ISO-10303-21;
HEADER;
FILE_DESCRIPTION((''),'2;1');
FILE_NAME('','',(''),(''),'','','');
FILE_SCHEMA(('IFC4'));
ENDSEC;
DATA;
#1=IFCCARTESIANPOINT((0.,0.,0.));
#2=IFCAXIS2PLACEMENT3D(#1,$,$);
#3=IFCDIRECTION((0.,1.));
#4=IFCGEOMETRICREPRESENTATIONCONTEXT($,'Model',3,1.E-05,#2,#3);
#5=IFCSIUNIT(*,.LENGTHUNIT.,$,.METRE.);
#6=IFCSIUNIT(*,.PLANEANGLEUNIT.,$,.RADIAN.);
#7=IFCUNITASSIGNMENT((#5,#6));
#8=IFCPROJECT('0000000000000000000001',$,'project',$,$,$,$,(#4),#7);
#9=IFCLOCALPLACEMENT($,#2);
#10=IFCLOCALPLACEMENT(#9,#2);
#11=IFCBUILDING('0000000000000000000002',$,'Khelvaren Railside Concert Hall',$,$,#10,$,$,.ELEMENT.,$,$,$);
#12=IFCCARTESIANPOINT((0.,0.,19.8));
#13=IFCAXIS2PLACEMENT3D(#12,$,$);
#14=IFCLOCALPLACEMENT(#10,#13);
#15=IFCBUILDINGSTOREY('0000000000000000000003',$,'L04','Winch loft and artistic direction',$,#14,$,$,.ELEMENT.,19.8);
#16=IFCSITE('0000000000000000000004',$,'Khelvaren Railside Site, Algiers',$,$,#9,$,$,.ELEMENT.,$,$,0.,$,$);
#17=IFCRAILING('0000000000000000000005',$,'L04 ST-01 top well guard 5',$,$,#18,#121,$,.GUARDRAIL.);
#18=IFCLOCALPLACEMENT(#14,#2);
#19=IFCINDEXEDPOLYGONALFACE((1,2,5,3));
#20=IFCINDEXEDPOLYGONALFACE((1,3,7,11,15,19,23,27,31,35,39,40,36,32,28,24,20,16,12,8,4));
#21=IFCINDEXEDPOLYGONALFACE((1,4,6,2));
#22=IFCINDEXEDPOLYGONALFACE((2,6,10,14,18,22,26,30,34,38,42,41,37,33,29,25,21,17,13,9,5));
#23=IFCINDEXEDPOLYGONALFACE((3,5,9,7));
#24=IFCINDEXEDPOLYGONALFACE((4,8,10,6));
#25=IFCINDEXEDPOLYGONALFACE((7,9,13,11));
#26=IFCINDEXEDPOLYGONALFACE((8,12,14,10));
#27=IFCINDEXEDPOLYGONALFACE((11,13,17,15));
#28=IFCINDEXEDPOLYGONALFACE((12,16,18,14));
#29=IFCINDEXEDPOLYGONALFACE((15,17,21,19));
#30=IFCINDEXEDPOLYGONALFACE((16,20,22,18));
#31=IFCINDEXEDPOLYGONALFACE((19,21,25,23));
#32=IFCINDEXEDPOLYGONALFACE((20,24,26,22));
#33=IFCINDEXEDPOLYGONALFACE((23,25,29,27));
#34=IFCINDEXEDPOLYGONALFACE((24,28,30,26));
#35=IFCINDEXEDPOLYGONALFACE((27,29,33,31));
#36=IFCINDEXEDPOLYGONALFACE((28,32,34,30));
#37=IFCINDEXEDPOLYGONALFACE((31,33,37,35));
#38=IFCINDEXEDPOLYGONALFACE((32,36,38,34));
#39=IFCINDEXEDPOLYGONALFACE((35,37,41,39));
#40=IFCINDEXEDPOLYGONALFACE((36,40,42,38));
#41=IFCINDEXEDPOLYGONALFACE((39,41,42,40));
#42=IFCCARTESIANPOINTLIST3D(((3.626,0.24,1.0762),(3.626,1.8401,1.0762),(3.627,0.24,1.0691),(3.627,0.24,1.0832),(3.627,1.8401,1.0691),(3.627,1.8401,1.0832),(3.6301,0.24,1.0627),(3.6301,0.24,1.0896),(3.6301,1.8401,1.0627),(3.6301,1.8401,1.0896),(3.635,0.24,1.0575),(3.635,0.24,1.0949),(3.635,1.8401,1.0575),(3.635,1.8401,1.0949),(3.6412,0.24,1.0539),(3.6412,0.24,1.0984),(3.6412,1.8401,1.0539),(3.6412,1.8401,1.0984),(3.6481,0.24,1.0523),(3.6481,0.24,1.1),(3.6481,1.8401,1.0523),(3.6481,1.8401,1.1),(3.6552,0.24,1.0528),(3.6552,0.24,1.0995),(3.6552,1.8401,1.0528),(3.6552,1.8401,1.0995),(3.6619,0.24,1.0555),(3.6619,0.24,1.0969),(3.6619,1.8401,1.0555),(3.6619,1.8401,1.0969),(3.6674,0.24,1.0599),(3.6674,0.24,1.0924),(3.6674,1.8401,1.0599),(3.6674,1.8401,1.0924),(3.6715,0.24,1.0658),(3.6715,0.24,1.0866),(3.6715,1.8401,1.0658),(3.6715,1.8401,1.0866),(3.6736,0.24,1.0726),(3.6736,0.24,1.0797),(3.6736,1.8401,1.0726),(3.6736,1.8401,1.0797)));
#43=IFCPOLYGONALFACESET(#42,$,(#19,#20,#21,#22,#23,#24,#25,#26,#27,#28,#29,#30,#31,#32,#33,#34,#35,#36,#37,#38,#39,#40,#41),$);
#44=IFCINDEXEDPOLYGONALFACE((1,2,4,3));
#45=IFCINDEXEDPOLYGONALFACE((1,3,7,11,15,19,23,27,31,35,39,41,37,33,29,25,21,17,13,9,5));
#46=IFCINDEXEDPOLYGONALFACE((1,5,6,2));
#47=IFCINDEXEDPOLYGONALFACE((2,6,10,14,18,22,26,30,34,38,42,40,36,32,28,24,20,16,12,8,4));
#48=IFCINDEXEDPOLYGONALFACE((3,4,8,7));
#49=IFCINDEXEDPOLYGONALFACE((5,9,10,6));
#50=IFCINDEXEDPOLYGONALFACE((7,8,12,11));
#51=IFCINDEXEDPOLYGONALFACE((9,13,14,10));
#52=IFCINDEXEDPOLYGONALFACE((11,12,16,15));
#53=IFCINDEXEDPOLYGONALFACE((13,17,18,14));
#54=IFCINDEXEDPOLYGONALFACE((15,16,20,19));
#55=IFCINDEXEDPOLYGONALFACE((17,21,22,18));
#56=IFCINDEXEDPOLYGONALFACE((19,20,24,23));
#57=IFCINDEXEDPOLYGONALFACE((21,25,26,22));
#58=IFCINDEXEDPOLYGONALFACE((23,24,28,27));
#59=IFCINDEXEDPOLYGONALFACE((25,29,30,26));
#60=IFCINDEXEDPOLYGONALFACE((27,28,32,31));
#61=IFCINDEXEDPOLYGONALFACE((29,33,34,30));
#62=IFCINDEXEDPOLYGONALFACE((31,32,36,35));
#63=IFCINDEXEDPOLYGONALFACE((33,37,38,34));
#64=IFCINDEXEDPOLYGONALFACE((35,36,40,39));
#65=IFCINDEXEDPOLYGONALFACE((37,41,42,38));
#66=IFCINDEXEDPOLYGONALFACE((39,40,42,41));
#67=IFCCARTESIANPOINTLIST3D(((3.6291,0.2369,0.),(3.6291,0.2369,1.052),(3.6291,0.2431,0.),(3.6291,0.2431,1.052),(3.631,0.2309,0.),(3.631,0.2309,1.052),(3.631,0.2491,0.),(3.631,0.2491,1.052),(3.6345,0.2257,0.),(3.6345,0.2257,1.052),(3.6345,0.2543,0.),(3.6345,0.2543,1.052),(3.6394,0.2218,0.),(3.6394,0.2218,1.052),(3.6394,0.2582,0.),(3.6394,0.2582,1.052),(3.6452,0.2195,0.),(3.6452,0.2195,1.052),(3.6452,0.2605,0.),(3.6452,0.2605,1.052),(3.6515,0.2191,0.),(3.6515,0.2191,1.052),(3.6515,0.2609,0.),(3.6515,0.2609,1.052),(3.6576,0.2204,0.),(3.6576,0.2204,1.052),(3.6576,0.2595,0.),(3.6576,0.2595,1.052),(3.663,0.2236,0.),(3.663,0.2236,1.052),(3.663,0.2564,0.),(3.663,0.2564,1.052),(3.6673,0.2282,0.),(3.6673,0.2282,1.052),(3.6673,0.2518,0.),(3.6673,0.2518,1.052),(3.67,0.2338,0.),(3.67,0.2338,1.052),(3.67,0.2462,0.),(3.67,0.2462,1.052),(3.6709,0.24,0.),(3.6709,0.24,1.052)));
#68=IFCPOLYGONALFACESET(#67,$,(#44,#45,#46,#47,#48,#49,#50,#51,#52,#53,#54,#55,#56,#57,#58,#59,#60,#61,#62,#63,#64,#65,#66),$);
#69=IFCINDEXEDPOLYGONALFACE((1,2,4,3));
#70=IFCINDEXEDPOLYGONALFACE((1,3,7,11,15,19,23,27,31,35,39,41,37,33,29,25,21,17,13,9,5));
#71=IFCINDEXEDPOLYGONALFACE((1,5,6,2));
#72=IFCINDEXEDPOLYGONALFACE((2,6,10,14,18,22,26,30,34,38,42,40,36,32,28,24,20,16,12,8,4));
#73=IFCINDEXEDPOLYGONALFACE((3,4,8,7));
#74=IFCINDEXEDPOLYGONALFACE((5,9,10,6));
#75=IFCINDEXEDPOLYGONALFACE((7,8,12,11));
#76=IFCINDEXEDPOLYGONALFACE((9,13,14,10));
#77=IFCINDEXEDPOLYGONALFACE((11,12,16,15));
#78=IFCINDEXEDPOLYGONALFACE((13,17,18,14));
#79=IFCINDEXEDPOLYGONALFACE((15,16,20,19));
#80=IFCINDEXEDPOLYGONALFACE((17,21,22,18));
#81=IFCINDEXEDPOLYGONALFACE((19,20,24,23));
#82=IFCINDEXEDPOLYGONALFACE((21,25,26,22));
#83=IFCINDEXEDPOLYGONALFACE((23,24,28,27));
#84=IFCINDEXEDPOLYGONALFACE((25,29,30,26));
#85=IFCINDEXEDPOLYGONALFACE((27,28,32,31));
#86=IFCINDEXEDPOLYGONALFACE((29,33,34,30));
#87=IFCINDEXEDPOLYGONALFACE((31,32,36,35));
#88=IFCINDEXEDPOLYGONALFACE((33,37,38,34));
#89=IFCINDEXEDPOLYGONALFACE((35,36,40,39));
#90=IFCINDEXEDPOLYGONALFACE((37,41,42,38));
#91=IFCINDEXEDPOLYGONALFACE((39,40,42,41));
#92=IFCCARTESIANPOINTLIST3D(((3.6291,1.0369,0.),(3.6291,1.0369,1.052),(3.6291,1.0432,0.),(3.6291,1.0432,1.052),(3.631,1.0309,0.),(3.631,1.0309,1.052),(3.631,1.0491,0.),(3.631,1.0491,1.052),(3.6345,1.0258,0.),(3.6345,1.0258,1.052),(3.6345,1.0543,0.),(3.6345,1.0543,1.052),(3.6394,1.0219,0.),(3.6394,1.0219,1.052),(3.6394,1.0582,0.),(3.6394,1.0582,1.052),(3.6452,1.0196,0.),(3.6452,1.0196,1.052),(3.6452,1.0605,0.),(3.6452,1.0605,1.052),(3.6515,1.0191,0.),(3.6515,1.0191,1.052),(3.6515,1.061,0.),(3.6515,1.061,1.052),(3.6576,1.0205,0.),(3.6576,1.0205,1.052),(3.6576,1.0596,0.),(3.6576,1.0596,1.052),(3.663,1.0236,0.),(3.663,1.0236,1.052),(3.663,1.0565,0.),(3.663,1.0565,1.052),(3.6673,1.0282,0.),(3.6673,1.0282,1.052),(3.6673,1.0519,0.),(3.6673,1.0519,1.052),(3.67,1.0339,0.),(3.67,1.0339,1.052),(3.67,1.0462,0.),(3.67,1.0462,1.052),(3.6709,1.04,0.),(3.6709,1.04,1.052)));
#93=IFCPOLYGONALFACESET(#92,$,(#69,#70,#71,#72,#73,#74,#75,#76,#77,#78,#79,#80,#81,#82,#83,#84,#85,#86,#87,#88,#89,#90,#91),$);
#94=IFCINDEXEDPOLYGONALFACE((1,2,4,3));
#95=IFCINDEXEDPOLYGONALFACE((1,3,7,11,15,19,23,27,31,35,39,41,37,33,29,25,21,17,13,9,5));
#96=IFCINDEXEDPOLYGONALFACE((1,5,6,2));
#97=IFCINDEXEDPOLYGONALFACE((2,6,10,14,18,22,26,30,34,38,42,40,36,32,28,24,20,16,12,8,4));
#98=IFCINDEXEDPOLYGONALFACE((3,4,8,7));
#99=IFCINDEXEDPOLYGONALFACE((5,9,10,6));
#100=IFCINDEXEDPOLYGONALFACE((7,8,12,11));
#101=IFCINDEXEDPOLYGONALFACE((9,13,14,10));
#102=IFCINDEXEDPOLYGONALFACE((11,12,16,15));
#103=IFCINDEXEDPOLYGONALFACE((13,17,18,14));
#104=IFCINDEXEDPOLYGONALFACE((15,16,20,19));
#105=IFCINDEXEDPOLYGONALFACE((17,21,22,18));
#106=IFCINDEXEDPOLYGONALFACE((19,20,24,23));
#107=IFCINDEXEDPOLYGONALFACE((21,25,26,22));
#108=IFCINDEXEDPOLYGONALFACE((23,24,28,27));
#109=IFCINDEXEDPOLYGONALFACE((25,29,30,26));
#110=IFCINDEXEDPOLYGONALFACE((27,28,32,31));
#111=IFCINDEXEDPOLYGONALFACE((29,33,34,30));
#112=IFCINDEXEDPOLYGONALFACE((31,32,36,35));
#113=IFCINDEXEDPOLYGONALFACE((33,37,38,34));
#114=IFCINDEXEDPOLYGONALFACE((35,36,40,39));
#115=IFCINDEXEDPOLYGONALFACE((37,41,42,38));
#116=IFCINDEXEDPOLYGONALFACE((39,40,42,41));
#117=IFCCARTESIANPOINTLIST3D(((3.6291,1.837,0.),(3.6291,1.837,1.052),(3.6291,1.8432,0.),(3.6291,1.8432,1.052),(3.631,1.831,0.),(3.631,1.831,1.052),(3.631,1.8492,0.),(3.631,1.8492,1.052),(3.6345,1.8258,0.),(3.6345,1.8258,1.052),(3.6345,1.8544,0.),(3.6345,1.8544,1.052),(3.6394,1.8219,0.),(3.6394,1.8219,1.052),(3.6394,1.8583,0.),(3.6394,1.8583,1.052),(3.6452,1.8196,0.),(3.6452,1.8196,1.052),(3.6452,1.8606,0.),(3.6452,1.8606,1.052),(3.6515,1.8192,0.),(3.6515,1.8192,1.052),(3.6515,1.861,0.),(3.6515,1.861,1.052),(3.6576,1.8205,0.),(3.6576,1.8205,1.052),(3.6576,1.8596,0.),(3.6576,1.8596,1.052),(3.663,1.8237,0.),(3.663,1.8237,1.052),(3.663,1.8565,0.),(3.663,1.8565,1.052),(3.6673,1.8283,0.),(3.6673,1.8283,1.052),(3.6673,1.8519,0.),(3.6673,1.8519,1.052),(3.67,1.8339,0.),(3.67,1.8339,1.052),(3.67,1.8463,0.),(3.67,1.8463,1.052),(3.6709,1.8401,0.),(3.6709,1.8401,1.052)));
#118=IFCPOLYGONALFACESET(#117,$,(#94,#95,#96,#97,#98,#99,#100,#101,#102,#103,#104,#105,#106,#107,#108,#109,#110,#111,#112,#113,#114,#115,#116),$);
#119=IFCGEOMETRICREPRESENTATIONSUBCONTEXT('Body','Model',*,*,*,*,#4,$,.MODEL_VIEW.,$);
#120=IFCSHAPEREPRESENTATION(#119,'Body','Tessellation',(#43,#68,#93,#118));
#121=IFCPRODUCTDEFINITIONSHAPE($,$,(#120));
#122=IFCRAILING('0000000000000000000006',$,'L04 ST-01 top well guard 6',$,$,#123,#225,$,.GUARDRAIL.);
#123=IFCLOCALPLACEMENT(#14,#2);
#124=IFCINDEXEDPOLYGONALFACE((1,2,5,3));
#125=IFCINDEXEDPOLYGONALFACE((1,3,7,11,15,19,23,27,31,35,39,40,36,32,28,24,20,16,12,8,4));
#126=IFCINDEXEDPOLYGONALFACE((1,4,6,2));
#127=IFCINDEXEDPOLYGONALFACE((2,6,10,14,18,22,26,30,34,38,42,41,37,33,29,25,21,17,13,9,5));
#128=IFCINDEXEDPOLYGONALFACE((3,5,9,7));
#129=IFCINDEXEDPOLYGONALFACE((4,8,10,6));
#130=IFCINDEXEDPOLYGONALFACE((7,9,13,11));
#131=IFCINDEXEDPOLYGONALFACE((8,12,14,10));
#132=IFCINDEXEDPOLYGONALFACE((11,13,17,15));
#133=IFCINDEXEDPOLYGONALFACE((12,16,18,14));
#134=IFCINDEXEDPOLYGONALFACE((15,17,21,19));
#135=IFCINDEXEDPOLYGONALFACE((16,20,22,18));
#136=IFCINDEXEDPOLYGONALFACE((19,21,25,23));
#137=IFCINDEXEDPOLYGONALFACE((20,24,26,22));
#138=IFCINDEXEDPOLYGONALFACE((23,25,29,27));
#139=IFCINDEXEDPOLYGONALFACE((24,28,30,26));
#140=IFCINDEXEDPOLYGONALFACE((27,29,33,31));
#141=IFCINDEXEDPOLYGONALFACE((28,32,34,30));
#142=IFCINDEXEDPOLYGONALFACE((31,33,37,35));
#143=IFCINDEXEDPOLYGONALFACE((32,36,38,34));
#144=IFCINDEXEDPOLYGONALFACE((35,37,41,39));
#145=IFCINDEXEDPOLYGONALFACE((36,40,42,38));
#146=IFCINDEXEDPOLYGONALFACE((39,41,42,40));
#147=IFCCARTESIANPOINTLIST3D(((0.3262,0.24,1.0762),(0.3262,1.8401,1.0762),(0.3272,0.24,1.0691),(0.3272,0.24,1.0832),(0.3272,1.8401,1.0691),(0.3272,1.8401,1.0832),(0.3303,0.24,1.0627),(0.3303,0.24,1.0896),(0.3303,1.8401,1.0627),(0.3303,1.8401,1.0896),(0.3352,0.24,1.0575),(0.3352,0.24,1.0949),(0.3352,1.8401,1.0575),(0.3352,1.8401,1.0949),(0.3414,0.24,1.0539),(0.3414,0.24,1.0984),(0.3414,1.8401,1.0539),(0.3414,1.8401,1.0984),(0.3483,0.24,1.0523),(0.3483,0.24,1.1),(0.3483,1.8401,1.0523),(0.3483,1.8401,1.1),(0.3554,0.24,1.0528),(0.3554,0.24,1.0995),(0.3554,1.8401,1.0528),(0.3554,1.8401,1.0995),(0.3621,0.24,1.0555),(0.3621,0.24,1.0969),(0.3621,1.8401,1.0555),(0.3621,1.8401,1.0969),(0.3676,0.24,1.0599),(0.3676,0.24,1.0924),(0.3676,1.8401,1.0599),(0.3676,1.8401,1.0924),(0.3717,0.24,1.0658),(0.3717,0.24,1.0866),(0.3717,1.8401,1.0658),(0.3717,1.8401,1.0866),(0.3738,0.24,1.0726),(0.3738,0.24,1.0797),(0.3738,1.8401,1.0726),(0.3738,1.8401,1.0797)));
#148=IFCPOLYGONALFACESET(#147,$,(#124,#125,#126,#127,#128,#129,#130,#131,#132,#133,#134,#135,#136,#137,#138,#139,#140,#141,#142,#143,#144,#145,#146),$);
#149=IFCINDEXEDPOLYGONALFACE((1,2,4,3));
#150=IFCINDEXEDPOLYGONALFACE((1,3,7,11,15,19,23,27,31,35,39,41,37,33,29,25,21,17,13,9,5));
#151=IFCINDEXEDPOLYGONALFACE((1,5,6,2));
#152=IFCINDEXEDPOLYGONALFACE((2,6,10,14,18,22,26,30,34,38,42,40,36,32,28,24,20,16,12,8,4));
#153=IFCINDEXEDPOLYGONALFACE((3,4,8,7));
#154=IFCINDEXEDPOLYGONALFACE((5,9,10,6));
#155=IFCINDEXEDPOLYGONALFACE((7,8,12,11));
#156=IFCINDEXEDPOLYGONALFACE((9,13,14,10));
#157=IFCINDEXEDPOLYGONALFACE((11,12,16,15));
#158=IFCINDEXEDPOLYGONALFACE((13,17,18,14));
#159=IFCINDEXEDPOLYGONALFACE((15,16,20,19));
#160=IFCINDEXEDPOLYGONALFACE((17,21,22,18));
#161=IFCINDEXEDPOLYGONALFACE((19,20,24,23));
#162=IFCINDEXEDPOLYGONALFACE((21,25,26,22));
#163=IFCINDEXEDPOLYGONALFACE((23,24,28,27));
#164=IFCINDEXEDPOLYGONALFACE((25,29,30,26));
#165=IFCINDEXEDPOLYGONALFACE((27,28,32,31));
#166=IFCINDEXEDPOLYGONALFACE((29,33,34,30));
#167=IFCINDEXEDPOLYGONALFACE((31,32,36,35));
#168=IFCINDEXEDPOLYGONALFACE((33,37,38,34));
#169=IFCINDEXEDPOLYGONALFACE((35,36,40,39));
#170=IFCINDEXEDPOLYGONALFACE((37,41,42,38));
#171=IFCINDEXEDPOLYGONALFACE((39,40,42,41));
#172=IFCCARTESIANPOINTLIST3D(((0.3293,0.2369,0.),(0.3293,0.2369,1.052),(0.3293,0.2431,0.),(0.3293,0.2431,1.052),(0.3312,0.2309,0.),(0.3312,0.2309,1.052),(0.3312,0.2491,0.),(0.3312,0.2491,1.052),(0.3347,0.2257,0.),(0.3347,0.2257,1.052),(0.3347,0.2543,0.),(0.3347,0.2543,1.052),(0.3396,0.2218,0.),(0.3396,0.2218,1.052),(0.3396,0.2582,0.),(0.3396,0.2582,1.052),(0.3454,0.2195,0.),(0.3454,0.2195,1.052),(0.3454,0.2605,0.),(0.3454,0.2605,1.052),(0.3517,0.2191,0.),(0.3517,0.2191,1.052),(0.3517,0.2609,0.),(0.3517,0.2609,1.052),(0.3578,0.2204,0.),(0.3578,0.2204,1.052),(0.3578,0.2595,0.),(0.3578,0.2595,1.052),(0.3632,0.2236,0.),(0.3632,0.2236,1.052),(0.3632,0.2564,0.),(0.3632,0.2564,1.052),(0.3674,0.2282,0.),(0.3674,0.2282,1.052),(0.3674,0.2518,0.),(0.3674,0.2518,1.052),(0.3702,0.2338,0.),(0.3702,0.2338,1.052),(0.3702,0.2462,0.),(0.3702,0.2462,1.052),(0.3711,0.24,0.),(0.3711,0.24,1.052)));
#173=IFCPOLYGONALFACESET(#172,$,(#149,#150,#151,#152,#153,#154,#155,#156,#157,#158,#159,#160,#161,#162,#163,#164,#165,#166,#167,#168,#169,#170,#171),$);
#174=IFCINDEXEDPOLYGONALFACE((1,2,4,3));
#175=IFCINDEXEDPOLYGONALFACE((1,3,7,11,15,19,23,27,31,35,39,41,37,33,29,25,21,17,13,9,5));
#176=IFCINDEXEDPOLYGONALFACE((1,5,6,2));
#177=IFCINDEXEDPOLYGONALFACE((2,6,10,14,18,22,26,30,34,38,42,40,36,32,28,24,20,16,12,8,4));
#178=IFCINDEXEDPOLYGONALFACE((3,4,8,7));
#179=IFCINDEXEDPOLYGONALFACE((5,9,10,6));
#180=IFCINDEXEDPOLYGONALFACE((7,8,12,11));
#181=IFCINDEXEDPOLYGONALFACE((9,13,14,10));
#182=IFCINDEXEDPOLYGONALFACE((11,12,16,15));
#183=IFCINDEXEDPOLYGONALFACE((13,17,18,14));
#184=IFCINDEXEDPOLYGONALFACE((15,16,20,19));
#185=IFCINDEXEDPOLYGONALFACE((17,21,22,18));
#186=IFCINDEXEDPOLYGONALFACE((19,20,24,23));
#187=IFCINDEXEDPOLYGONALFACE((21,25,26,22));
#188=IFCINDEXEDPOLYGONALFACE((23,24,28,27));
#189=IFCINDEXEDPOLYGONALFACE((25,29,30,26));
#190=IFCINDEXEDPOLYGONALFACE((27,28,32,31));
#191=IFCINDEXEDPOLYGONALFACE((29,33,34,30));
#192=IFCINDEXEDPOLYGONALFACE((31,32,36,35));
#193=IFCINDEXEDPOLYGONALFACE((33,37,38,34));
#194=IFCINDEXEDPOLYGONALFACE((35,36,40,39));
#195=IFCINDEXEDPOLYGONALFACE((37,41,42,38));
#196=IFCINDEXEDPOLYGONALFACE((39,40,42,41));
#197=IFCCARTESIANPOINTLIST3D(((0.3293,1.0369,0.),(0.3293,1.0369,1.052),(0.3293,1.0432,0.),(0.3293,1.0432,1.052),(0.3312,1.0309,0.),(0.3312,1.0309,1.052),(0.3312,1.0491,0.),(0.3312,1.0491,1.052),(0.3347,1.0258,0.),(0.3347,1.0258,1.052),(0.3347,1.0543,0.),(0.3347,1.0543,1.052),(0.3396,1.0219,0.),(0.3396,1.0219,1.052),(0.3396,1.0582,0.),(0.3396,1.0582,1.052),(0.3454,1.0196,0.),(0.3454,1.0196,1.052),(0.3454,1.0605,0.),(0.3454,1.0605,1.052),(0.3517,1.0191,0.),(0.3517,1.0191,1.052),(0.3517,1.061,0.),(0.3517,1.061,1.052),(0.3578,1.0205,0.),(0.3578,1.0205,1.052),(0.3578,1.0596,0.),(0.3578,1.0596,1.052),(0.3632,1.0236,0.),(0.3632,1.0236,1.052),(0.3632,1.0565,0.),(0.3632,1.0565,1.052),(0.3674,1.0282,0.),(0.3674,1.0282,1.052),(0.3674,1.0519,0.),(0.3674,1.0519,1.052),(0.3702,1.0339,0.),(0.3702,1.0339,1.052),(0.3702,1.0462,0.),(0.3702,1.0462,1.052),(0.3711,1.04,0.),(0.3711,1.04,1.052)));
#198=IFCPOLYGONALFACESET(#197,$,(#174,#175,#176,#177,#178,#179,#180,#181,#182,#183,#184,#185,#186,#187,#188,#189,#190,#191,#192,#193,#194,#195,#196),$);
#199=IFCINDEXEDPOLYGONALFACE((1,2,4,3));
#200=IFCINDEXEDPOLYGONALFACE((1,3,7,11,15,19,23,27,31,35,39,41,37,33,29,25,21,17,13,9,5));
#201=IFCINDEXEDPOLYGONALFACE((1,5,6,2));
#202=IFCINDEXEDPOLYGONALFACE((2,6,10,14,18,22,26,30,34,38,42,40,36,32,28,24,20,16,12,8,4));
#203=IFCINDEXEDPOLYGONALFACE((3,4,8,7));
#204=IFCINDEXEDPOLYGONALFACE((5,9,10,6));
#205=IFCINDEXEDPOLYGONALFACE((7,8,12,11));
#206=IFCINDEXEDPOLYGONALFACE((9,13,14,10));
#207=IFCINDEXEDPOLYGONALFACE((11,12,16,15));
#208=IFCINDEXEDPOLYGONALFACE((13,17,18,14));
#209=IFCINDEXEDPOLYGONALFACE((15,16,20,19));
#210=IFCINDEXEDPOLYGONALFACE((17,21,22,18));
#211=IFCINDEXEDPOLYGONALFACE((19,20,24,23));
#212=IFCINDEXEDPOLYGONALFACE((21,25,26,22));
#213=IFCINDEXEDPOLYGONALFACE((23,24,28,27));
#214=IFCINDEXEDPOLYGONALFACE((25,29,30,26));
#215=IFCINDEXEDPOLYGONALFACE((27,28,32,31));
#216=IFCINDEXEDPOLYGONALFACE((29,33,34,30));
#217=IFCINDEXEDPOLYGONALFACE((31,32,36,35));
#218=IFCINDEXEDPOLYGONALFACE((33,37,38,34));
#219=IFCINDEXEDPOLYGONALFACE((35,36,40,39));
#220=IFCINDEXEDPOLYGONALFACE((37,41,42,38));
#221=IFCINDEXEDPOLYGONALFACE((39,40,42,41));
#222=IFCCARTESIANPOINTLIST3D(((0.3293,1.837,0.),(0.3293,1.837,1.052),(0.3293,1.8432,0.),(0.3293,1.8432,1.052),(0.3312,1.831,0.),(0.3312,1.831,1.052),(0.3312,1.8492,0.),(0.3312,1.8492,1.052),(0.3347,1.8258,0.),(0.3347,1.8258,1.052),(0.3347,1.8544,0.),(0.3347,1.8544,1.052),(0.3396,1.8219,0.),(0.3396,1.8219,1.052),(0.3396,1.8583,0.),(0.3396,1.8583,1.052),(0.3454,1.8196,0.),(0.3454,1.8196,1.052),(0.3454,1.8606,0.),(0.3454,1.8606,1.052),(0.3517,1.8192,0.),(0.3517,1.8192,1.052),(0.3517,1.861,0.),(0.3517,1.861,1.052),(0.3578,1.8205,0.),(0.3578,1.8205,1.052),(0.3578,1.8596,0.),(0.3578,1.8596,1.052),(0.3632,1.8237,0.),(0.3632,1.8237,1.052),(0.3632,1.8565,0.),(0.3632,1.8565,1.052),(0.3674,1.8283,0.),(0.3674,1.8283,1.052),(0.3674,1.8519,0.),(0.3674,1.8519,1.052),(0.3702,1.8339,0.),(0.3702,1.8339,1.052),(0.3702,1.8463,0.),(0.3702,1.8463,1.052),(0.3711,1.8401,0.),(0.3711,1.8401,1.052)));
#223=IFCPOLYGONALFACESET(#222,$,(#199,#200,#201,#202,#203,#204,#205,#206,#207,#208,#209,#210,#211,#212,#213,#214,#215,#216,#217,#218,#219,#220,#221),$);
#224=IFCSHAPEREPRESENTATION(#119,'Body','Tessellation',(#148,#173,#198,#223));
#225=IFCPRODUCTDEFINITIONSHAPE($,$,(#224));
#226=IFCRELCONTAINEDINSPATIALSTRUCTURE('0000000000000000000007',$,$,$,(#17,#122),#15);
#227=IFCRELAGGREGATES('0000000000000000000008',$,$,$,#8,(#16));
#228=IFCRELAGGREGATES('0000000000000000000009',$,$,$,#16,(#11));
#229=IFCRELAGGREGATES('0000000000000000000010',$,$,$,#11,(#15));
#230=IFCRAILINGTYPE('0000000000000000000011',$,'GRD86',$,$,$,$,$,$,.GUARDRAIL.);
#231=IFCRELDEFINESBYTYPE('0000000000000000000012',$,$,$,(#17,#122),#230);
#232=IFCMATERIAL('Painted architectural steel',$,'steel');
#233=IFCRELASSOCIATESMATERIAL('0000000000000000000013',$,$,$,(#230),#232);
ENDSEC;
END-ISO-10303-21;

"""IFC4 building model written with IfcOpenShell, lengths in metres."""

from ifc_helpers import new_model, si_unit, direction, frame, origin, origin_2d, place, context, subcontext, project, spatial, circle, extrude, material, type_object, element, save


model = new_model("IFC4")

# Units and contexts
model_context = context("Model", 3, precision=1e-05, world=origin(), true_north=direction((0.0, 1.0)))
body_context = subcontext(model_context, "Body", "Model", "MODEL_VIEW")
ifc_project = project(units=[si_unit("LENGTHUNIT", "METRE"), si_unit("PLANEANGLEUNIT", "RADIAN")], contexts=[model_context])

# Site, building, storey
site_placement = place(None, origin())
site = spatial("IfcSite", under=ifc_project, at=site_placement, Name="Khelvaren Railside Site, Algiers", CompositionType="ELEMENT", RefElevation=0.0)
building_placement = place(site_placement, origin())
building = spatial("IfcBuilding", under=site, at=building_placement, Name="Khelvaren Railside Concert Hall", CompositionType="ELEMENT")
storey_placement = place(building_placement, frame((0.0, 0.0, 19.8)))
storey = spatial("IfcBuildingStorey", under=building, at=storey_placement, Name="L04", Description="Winch loft and artistic direction", CompositionType="ELEMENT", Elevation=19.8)

# Railings
ifc_material_1 = material(Name="Painted architectural steel", Category="steel")
railing_type = type_object("IfcRailingType", Name="GRD86", PredefinedType="GUARDRAIL", material=ifc_material_1)
for number, where, name in (
    (1, (3.6499, 0.24, 0.0), "L04 ST-01 top well guard 5"),
    (2, (0.3501, 0.24, 0.0), "L04 ST-01 top well guard 6"),
):
    element("IfcRailing", number, at=place(storey_placement, frame(where)), inside=storey, type_object=railing_type, Name=name, PredefinedType="GUARDRAIL", context=body_context, shape_type="SweptSolid", body=[
        extrude(circle(Radius=0.0239, at=origin_2d()), frame((0.0, 0.0, 1.0762), z_axis=(0.0, 1.0, 0.0), x_axis=(-1.0, 0.0, 0.0)), (0.0, 0.0, 1.0), 1.6001),
        extrude(circle(Radius=0.021, at=origin_2d()), origin(), (0.0, 0.0, 1.0), 1.052),
        extrude(circle(Radius=0.021, at=origin_2d()), frame((0.0, 0.8, 0.0)), (0.0, 0.0, 1.0), 1.052),
        extrude(circle(Radius=0.021, at=origin_2d()), frame((0.0, 1.6001, 0.0)), (0.0, 0.0, 1.0), 1.052),
    ])

save(model, "model.ifc")
